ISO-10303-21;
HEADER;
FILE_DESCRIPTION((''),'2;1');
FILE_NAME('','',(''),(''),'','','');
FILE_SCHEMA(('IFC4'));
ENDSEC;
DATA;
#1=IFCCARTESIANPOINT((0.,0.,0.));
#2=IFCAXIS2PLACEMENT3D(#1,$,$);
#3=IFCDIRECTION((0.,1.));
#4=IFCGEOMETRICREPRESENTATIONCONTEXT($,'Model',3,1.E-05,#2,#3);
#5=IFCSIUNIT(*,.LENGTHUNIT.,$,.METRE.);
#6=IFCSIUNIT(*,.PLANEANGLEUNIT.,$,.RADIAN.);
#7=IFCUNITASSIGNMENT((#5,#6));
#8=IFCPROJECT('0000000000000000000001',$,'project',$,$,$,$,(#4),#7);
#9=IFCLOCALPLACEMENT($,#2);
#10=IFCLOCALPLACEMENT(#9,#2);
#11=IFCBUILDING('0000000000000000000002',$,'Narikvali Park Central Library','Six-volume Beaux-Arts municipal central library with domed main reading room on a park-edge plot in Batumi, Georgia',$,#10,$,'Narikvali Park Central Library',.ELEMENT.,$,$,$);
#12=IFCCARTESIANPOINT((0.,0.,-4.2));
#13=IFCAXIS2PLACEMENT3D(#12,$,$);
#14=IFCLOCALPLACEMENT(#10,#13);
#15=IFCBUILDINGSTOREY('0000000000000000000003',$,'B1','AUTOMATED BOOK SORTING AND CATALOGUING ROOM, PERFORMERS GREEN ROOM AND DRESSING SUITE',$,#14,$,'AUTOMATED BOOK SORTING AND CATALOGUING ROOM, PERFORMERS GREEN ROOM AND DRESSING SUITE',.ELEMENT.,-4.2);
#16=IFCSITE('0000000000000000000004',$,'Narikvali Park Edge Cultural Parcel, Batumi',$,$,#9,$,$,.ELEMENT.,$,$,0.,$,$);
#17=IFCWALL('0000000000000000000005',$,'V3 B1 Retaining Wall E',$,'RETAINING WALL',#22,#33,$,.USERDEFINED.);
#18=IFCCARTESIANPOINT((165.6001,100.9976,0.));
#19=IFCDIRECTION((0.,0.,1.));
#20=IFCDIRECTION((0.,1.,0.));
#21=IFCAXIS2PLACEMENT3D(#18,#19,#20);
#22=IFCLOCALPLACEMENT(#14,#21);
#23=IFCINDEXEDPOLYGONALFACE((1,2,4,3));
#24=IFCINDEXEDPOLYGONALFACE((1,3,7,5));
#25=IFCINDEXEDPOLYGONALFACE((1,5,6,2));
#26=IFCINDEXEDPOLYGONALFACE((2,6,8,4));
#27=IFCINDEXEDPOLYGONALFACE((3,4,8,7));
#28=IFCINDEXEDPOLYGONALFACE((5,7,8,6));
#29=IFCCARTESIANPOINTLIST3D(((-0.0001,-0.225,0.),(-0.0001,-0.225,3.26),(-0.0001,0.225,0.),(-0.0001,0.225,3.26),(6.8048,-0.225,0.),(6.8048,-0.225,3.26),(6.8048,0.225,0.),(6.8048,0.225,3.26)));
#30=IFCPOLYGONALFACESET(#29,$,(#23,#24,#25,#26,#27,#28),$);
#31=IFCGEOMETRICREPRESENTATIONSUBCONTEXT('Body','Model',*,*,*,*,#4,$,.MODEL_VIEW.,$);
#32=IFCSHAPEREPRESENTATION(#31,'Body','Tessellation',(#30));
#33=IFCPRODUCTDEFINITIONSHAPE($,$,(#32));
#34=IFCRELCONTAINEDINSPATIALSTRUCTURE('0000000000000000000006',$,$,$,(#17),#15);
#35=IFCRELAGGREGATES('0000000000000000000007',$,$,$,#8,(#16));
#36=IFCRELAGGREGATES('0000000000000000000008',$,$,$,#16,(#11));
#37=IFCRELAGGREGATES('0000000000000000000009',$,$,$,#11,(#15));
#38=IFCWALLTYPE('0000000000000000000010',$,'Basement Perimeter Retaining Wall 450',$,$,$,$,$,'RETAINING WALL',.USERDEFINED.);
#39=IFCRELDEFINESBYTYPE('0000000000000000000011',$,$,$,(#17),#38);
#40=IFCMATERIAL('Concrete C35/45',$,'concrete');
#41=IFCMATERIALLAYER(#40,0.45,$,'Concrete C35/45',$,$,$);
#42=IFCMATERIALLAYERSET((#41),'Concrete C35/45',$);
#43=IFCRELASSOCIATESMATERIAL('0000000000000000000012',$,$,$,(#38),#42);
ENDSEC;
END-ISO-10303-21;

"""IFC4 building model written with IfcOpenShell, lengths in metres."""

from ifc_helpers import new_model, si_unit, direction, frame, frame_2d, origin, place, context, subcontext, project, spatial, rectangle, extrude, material, layer, layer_set, type_object, element, save


model = new_model("IFC4")

# Units and contexts
model_context = context("Model", 3, precision=1e-05, world=origin(), true_north=direction((0.0, 1.0)))
body_context = subcontext(model_context, "Body", "Model", "MODEL_VIEW")
ifc_project = project(units=[si_unit("LENGTHUNIT", "METRE"), si_unit("PLANEANGLEUNIT", "RADIAN")], contexts=[model_context])

# Site, building, storey
site_placement = place(None, origin())
site = spatial("IfcSite", under=ifc_project, at=site_placement, Name="Narikvali Park Edge Cultural Parcel, Batumi", CompositionType="ELEMENT", RefElevation=0.0)
building_placement = place(site_placement, origin())
building = spatial("IfcBuilding", under=site, at=building_placement, Name="Narikvali Park Central Library", Description="Six-volume Beaux-Arts municipal central library with domed main reading room on a park-edge plot in Batumi, Georgia", LongName="Narikvali Park Central Library", CompositionType="ELEMENT")
storey_placement = place(building_placement, frame((0.0, 0.0, -4.2)))
storey = spatial("IfcBuildingStorey", under=building, at=storey_placement, Name="B1", Description="AUTOMATED BOOK SORTING AND CATALOGUING ROOM, PERFORMERS GREEN ROOM AND DRESSING SUITE", LongName="AUTOMATED BOOK SORTING AND CATALOGUING ROOM, PERFORMERS GREEN ROOM AND DRESSING SUITE", CompositionType="ELEMENT", Elevation=-4.2)

# Shared definitions
ifc_material_1 = material(Name="Concrete C35/45", Category="concrete")

# Wall
ifc_layer_1 = layer(ifc_material_1, 0.45, Name="Concrete C35/45")
ifc_layer_set_1 = layer_set([ifc_layer_1], Name="Concrete C35/45")
wall_type_1 = type_object("IfcWallType", Name="Basement Perimeter Retaining Wall 450", ElementType="RETAINING WALL", PredefinedType="USERDEFINED", material=ifc_layer_set_1)
for number, where, z_axis, x_axis, name in (
    (1, (165.6001, 100.9976, 0.0), (0.0, 0.0, 1.0), (0.0, 1.0, 0.0), "V3 B1 Retaining Wall E"),
):
    element("IfcWall", number, at=place(storey_placement, frame(where, z_axis=z_axis, x_axis=x_axis)), inside=storey, type_object=wall_type_1, Name=name, ObjectType="RETAINING WALL", PredefinedType="USERDEFINED", context=body_context, shape_type="SweptSolid", body=[
        extrude(rectangle(XDim=6.8049, YDim=0.45, at=frame_2d((3.4023, 0.0))), origin(), (0.0, 0.0, 1.0), 3.26),
    ])

save(model, "model.ifc")
